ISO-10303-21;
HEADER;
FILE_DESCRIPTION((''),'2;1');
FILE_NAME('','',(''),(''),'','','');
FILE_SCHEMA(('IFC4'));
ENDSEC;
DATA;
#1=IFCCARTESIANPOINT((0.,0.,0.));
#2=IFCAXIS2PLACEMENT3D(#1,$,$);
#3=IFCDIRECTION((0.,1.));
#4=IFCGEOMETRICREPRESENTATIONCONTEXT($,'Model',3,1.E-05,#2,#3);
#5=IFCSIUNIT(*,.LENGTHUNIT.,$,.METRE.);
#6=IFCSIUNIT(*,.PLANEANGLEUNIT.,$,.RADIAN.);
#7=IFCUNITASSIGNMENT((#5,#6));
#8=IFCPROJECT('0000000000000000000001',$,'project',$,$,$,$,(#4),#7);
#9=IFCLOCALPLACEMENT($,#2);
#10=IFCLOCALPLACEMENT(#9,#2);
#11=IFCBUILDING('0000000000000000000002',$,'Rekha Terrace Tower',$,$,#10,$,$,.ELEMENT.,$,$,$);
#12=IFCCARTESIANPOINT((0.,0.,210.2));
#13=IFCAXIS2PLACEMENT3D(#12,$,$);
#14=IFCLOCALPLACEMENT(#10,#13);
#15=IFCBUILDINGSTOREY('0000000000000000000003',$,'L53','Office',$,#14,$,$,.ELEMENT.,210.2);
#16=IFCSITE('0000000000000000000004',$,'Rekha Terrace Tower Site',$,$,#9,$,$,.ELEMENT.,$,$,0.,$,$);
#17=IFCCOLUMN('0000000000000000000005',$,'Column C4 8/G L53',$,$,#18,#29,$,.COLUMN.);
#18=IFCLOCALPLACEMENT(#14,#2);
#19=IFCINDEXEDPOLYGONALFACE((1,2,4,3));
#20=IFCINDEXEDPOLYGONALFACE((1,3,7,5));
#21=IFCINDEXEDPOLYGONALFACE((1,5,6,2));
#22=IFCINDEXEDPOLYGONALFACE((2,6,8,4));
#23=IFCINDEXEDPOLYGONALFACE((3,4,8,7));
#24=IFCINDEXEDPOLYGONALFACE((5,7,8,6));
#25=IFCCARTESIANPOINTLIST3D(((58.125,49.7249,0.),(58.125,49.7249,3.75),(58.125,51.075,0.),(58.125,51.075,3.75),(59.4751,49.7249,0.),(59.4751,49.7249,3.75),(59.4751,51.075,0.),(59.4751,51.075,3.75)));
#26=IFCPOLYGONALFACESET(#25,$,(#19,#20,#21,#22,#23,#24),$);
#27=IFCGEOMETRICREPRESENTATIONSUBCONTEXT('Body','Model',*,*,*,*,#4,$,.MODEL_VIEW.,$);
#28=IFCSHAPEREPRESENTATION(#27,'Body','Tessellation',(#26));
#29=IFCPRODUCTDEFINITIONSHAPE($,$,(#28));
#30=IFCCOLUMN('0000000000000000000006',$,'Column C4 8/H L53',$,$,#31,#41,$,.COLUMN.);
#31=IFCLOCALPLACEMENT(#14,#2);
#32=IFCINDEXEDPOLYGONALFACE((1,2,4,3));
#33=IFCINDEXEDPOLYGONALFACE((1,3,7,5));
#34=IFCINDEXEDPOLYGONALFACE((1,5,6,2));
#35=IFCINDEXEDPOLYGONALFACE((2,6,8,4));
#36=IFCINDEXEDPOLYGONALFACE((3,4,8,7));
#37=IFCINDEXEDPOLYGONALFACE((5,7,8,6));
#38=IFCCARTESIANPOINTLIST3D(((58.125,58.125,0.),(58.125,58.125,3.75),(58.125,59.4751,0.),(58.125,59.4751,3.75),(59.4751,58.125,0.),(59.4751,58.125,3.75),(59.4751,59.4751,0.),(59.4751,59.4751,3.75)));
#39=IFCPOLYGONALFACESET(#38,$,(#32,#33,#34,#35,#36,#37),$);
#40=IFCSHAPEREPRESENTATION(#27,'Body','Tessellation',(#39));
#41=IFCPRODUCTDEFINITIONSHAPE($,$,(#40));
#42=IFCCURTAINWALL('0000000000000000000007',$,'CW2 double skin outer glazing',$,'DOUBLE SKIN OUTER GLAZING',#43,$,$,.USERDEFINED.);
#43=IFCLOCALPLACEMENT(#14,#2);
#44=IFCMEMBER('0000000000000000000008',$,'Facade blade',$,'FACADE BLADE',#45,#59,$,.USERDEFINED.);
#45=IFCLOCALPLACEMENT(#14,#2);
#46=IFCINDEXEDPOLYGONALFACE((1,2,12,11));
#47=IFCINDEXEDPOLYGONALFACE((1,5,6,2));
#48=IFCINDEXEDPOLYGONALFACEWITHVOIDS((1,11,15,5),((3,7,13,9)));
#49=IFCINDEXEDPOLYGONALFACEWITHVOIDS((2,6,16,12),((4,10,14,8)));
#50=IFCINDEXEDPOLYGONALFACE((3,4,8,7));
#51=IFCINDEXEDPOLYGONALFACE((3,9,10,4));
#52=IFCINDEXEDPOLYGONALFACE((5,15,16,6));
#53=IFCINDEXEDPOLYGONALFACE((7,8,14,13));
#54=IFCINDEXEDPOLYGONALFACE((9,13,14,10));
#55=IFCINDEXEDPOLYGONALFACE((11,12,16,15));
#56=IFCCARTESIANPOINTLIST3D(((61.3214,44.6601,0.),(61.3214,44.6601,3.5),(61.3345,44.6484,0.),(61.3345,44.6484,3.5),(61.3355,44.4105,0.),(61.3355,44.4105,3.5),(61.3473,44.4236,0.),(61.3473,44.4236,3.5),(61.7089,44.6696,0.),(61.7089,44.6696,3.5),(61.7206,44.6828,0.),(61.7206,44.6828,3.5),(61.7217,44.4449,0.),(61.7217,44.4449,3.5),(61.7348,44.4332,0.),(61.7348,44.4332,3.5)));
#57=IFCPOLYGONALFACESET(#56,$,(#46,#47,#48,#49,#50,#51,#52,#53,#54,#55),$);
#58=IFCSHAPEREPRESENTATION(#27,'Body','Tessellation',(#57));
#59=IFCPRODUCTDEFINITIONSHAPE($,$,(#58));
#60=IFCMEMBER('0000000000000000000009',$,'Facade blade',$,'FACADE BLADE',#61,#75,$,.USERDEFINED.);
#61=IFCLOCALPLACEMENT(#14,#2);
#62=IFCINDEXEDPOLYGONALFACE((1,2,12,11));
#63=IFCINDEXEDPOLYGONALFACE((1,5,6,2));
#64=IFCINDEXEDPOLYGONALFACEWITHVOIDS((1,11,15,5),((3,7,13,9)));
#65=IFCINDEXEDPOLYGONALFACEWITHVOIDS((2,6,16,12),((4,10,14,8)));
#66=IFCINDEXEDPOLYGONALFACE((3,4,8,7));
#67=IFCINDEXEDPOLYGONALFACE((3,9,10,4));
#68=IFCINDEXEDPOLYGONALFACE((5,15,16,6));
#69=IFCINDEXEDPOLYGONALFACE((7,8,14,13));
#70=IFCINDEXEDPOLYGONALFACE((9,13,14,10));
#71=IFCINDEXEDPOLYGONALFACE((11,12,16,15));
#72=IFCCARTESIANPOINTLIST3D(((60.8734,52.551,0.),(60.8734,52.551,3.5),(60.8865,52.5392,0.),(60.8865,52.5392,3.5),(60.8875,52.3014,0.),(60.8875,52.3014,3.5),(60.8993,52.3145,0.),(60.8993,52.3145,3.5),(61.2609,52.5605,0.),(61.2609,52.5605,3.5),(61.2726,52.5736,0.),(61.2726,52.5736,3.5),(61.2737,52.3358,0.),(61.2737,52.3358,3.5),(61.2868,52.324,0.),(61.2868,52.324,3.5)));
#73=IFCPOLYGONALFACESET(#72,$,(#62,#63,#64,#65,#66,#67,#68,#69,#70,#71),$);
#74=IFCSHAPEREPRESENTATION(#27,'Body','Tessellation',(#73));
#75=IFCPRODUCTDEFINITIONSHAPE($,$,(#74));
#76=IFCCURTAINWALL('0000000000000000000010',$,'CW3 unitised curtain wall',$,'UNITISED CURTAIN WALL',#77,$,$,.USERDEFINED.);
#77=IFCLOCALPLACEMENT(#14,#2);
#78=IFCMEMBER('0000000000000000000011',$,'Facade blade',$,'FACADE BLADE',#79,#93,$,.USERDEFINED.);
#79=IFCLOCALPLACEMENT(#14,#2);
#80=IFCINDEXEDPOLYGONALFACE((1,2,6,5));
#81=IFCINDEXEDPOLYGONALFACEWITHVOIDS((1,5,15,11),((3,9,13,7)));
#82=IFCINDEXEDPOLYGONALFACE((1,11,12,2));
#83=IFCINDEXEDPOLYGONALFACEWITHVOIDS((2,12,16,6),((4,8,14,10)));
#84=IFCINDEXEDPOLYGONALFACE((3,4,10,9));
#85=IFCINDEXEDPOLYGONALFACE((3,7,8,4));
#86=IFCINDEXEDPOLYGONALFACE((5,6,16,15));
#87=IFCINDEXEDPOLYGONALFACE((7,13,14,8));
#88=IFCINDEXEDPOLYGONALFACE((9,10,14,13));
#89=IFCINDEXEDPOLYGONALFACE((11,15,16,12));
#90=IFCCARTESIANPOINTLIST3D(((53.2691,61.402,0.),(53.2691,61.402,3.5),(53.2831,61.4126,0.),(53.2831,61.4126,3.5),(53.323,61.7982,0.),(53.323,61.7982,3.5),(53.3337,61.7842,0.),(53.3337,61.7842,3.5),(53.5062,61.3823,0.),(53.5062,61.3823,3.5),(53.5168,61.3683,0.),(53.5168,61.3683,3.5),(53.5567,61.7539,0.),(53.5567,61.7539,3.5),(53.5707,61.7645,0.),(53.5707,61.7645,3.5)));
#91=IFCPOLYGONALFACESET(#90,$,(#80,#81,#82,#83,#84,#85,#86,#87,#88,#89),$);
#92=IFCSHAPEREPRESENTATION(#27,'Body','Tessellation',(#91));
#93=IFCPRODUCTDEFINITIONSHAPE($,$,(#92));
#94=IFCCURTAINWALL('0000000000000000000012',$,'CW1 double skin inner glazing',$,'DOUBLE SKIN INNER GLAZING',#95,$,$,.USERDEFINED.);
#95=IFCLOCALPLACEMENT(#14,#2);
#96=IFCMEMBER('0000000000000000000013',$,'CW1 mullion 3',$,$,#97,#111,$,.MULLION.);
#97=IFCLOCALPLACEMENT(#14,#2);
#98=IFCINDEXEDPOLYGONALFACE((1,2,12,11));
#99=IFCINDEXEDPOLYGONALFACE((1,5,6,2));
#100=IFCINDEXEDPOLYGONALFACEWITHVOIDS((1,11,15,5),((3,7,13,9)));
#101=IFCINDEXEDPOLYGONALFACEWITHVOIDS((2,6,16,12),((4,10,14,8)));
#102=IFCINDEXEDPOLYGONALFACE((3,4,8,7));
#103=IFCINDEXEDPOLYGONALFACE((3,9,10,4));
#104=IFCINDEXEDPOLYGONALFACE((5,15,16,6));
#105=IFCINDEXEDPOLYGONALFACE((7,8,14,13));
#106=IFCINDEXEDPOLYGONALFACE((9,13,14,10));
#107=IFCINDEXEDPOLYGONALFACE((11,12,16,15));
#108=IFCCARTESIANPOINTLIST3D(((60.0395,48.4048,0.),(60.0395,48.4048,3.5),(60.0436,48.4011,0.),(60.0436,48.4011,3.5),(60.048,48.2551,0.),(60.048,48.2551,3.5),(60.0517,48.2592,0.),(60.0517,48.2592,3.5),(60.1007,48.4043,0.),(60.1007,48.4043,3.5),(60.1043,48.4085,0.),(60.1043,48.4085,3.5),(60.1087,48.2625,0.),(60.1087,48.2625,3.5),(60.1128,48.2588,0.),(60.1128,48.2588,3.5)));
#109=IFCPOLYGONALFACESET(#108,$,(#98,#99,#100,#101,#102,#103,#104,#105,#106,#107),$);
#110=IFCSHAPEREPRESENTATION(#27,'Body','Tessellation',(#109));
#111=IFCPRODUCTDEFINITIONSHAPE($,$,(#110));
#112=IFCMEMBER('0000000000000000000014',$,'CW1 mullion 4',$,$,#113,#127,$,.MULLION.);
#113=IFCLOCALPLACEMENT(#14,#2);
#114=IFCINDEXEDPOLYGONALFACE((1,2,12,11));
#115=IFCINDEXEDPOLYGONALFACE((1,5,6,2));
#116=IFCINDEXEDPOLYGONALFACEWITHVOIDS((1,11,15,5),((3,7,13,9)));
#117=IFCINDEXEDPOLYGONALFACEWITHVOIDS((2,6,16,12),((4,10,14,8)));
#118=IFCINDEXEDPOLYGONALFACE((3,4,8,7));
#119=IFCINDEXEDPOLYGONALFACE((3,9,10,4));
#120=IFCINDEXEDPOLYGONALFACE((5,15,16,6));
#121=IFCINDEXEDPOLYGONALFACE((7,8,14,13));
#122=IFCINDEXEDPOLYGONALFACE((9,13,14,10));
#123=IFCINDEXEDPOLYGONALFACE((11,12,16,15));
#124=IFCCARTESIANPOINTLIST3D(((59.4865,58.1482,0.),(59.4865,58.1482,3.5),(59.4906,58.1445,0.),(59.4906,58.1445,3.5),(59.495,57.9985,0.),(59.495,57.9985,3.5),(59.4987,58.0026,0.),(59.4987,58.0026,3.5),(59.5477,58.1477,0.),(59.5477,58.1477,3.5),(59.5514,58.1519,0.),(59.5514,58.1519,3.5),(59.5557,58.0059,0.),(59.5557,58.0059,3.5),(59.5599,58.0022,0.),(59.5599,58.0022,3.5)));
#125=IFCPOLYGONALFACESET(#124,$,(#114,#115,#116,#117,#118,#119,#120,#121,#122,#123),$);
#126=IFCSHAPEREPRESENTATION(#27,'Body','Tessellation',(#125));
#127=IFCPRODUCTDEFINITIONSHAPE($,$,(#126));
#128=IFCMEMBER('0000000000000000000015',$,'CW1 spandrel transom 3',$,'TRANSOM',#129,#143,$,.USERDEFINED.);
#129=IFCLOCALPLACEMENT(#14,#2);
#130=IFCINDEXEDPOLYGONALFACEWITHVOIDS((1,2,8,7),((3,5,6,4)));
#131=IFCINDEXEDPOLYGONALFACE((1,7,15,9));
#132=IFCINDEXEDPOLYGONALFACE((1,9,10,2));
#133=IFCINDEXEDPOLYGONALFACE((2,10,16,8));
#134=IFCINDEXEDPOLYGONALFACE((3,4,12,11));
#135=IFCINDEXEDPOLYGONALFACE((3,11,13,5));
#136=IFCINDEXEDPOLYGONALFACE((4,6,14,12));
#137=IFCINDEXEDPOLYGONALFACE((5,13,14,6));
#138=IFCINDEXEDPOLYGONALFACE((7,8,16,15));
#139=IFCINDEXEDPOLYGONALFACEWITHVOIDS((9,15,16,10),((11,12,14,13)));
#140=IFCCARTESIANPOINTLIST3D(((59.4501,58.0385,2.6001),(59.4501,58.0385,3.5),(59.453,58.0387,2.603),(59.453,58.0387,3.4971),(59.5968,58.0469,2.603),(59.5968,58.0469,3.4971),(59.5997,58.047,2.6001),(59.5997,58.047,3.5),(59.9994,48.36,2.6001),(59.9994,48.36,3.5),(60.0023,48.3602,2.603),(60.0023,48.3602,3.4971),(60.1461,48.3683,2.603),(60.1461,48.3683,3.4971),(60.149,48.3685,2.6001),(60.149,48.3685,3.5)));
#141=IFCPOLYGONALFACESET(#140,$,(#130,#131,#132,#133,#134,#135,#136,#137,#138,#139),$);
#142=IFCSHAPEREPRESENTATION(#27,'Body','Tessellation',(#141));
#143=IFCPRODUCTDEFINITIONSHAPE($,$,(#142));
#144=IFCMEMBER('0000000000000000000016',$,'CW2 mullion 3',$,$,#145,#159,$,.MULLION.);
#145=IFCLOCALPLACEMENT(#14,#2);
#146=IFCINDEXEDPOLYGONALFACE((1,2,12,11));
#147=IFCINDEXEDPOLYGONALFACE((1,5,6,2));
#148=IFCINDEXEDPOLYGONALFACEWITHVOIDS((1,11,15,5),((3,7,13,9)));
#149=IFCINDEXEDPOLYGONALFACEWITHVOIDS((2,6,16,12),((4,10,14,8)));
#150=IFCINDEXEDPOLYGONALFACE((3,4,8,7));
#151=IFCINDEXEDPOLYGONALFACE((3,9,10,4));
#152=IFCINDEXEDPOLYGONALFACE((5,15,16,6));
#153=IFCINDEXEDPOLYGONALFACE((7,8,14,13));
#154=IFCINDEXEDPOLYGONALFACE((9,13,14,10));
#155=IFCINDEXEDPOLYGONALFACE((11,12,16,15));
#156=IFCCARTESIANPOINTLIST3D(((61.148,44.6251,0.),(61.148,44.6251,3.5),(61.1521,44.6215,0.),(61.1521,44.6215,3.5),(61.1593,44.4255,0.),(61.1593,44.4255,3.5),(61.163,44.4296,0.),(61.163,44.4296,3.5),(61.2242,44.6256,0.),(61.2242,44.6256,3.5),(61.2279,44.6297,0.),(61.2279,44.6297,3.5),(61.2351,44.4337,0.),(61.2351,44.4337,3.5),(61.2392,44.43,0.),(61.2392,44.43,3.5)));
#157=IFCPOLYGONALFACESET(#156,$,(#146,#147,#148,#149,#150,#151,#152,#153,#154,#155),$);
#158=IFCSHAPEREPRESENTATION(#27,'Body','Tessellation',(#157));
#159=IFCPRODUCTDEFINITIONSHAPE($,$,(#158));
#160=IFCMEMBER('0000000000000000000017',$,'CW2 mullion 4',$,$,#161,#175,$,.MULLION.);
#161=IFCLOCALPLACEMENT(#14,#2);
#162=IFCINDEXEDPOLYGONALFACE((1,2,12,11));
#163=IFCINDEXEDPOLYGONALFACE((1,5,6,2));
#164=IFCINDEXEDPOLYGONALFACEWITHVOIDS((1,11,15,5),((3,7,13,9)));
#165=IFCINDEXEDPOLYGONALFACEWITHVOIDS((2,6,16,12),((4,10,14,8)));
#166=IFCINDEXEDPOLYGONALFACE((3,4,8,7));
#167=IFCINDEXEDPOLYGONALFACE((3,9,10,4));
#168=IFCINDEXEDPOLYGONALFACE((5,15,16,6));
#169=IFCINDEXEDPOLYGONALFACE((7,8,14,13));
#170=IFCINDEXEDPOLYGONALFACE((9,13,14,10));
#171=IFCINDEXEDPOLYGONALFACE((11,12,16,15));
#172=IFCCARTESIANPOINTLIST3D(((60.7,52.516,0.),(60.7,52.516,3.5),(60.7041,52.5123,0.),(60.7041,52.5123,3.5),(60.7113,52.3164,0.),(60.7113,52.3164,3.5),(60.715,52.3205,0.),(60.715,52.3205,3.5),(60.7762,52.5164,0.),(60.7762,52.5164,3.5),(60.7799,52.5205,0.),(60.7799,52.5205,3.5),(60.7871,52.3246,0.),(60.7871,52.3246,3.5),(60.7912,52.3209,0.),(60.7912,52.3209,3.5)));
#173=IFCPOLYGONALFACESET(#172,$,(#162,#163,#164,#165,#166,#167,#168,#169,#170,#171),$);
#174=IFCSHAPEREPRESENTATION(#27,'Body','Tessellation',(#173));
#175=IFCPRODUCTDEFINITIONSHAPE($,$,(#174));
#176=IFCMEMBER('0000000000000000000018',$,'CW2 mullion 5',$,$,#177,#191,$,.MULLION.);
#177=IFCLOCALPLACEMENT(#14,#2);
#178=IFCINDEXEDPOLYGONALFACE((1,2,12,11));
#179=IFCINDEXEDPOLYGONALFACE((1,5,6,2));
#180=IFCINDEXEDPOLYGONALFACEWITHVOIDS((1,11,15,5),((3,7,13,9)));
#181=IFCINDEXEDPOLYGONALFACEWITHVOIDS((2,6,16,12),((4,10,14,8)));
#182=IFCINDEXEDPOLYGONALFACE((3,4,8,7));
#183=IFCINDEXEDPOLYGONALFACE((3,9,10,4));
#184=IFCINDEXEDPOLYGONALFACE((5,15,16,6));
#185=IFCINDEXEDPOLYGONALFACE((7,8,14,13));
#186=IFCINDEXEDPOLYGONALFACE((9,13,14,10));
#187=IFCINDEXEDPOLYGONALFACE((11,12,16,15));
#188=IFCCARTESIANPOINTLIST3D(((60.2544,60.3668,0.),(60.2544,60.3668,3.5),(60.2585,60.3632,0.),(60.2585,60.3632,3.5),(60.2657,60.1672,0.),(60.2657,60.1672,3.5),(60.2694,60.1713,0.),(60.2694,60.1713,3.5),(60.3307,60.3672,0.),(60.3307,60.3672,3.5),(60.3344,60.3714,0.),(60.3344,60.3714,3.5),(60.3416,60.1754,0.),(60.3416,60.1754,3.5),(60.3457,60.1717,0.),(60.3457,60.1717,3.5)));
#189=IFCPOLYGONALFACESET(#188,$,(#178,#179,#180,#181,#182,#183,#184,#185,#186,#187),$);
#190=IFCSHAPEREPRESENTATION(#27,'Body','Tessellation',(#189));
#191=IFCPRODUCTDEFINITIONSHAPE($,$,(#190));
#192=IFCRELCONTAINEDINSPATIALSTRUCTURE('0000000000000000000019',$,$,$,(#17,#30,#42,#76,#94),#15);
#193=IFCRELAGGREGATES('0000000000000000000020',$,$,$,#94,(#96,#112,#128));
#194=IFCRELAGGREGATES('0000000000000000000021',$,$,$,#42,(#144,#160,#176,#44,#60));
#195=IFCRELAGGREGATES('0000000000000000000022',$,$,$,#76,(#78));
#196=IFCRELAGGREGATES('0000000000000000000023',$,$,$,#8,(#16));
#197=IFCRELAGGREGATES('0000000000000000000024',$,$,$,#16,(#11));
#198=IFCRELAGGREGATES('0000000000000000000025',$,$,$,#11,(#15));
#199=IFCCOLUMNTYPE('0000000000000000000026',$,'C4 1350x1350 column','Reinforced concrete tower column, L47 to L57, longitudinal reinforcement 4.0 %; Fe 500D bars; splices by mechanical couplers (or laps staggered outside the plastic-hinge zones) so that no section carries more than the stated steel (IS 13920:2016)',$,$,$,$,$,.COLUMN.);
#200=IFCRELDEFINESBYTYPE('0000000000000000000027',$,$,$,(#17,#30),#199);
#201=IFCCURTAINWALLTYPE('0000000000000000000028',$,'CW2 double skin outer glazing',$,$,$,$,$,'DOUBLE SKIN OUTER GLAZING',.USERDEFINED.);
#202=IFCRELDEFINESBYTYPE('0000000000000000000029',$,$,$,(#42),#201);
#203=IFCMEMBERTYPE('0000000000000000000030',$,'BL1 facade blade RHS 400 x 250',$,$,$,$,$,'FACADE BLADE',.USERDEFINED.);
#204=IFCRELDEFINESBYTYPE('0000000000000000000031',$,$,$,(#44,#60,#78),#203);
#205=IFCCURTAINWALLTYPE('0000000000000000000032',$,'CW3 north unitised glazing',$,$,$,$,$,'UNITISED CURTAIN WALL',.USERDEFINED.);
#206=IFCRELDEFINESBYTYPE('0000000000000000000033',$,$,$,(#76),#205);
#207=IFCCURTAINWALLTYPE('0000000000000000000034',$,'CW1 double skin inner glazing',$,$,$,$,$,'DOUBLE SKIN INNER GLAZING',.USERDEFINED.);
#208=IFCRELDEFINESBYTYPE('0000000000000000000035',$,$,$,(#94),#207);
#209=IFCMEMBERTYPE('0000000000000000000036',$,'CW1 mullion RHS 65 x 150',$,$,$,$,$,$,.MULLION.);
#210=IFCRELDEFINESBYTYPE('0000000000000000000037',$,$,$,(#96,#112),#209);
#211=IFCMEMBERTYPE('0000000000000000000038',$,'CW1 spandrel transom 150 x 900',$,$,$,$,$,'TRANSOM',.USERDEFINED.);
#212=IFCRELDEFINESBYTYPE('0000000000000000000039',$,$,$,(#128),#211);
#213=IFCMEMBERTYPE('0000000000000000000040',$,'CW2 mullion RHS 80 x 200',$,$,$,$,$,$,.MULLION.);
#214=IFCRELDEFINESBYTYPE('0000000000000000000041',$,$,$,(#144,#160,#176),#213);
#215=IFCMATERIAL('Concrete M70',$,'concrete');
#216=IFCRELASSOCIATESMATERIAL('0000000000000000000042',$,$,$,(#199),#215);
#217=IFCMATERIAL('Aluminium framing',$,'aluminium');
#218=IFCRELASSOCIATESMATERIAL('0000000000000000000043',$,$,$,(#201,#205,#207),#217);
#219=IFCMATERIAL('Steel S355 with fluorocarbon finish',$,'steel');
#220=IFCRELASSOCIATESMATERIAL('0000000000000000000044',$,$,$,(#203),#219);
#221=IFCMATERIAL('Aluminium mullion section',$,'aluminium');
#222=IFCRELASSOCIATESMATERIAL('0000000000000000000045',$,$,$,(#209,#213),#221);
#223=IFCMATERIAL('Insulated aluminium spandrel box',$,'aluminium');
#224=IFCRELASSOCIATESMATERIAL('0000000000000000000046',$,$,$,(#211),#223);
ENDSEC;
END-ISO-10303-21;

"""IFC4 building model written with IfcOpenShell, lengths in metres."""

from ifc_helpers import new_model, si_unit, direction, frame, origin, origin_2d, place, context, subcontext, project, spatial, rectangle, hollow_rectangle, extrude, material, material_profile, profile_set, type_object, element, aggregate, save


model = new_model("IFC4")

# Units and contexts
model_context = context("Model", 3, precision=1e-05, world=origin(), true_north=direction((0.0, 1.0)))
body_context = subcontext(model_context, "Body", "Model", "MODEL_VIEW")
ifc_project = project(units=[si_unit("LENGTHUNIT", "METRE"), si_unit("PLANEANGLEUNIT", "RADIAN")], contexts=[model_context])

# Site, building, storey
site_placement = place(None, origin())
site = spatial("IfcSite", under=ifc_project, at=site_placement, Name="Rekha Terrace Tower Site", CompositionType="ELEMENT", RefElevation=0.0)
building_placement = place(site_placement, origin())
building = spatial("IfcBuilding", under=site, at=building_placement, Name="Rekha Terrace Tower", CompositionType="ELEMENT")
storey_placement = place(building_placement, frame((0.0, 0.0, 210.2)))
storey = spatial("IfcBuildingStorey", under=building, at=storey_placement, Name="L53", Description="Office", CompositionType="ELEMENT", Elevation=210.2)

# Columns
ifc_material_1 = material(Name="Concrete M70", Category="concrete")
ifc_material_profile_1 = material_profile(ifc_material_1, rectangle(XDim=1.3501, YDim=1.3501, at=origin_2d()), Name="RC 1350x1350")
ifc_profile_set_1 = profile_set([ifc_material_profile_1], Name="Concrete M70")
column_type = type_object("IfcColumnType", Name="C4 1350x1350 column", Description="Reinforced concrete tower column, L47 to L57, longitudinal reinforcement 4.0 %; Fe 500D bars; splices by mechanical couplers (or laps staggered outside the plastic-hinge zones) so that no section carries more than the stated steel (IS 13920:2016)", PredefinedType="COLUMN", material=ifc_profile_set_1)
for number, where, z_axis, x_axis, name in (
    (1, (58.8, 50.3999, 0.0), (0.0, 0.0, 1.0), (1.0, 0.0, 0.0), "Column C4 8/G L53"),
    (2, (58.8, 58.8, 0.0), (0.0, 0.0, 1.0), (1.0, 0.0, 0.0), "Column C4 8/H L53"),
):
    element("IfcColumn", number, at=place(storey_placement, frame(where, z_axis=z_axis, x_axis=x_axis)), inside=storey, type_object=column_type, Name=name, PredefinedType="COLUMN", context=body_context, shape_type="SweptSolid", body=[
        extrude(rectangle(XDim=1.3501, YDim=1.3501, at=origin_2d()), origin(), (0.0, 0.0, 1.0), 3.75),
    ])

# Curtain wall, members
ifc_material_2 = material(Name="Aluminium framing", Category="aluminium")
curtain_wall_type_1 = type_object("IfcCurtainWallType", Name="CW2 double skin outer glazing", ElementType="DOUBLE SKIN OUTER GLAZING", PredefinedType="USERDEFINED", material=ifc_material_2)
curtain_wall_1_placement = place(storey_placement, origin())
curtain_wall_1 = element("IfcCurtainWall", 3, at=curtain_wall_1_placement, inside=storey, type_object=curtain_wall_type_1, Name="CW2 double skin outer glazing", ObjectType="DOUBLE SKIN OUTER GLAZING", PredefinedType="USERDEFINED")
ifc_material_3 = material(Name="Steel S355 with fluorocarbon finish", Category="steel")
ifc_material_profile_2 = material_profile(ifc_material_3, hollow_rectangle(XDim=0.25, YDim=0.3999, WallThickness=0.0125, at=origin_2d()), Name="RHS400x250x12.5")
ifc_profile_set_2 = profile_set([ifc_material_profile_2], Name="Steel S355 with fluorocarbon finish")
member_type_1 = type_object("IfcMemberType", Name="BL1 facade blade RHS 400 x 250", ElementType="FACADE BLADE", PredefinedType="USERDEFINED", material=ifc_profile_set_2)
member_1_placement = place(storey_placement, frame((61.5281, 44.5466, 0.0), z_axis=(0.0, 0.0, 1.0), x_axis=(-0.056674, 0.998393, 0.0)))
member_1 = element("IfcMember", 4, at=member_1_placement, type_object=member_type_1, Name="Facade blade", ObjectType="FACADE BLADE", PredefinedType="USERDEFINED", context=body_context, shape_type="SweptSolid", body=[
    extrude(hollow_rectangle(XDim=0.25, YDim=0.3999, WallThickness=0.0125, at=origin_2d()), origin(), (0.0, 0.0, 1.0), 3.5),
])
member_2_placement = place(storey_placement, frame((61.0801, 52.4375, 0.0), z_axis=(0.0, 0.0, 1.0), x_axis=(-0.056674, 0.998393, 0.0)))
member_2 = element("IfcMember", 5, at=member_2_placement, type_object=member_type_1, Name="Facade blade", ObjectType="FACADE BLADE", PredefinedType="USERDEFINED", context=body_context, shape_type="SweptSolid", body=[
    extrude(hollow_rectangle(XDim=0.25, YDim=0.3999, WallThickness=0.0125, at=origin_2d()), origin(), (0.0, 0.0, 1.0), 3.5),
])

# Curtain wall, member
curtain_wall_type_2 = type_object("IfcCurtainWallType", Name="CW3 north unitised glazing", ElementType="UNITISED CURTAIN WALL", PredefinedType="USERDEFINED", material=ifc_material_2)
curtain_wall_2_placement = place(storey_placement, origin())
curtain_wall_2 = element("IfcCurtainWall", 6, at=curtain_wall_2_placement, inside=storey, type_object=curtain_wall_type_2, Name="CW3 unitised curtain wall", ObjectType="UNITISED CURTAIN WALL", PredefinedType="USERDEFINED")
member_3_placement = place(storey_placement, frame((53.4199, 61.5833, 0.0), z_axis=(0.0, 0.0, 1.0), x_axis=(-0.990867, 0.134841, 0.0)))
member_3 = element("IfcMember", 7, at=member_3_placement, type_object=member_type_1, Name="Facade blade", ObjectType="FACADE BLADE", PredefinedType="USERDEFINED", context=body_context, shape_type="SweptSolid", body=[
    extrude(hollow_rectangle(XDim=0.25, YDim=0.3999, WallThickness=0.0125, at=origin_2d()), origin(), (0.0, 0.0, 1.0), 3.5),
])

# Curtain wall, members
curtain_wall_type_3 = type_object("IfcCurtainWallType", Name="CW1 double skin inner glazing", ElementType="DOUBLE SKIN INNER GLAZING", PredefinedType="USERDEFINED", material=ifc_material_2)
curtain_wall_3_placement = place(storey_placement, origin())
curtain_wall_3 = element("IfcCurtainWall", 8, at=curtain_wall_3_placement, inside=storey, type_object=curtain_wall_type_3, Name="CW1 double skin inner glazing", ObjectType="DOUBLE SKIN INNER GLAZING", PredefinedType="USERDEFINED")
ifc_material_4 = material(Name="Aluminium mullion section", Category="aluminium")
ifc_material_profile_3 = material_profile(ifc_material_4, hollow_rectangle(XDim=0.0649, YDim=0.1499, WallThickness=0.0039, at=origin_2d()), Name="AL RHS 65x150")
ifc_profile_set_3 = profile_set([ifc_material_profile_3], Name="Aluminium mullion section")
member_type_2 = type_object("IfcMemberType", Name="CW1 mullion RHS 65 x 150", PredefinedType="MULLION", material=ifc_profile_set_3)
member_4_placement = place(storey_placement, frame((60.0762, 48.3318, 0.0), z_axis=(0.0, 0.0, 1.0), x_axis=(-0.998393, -0.056673, 0.0)))
member_4 = element("IfcMember", 9, at=member_4_placement, type_object=member_type_2, Name="CW1 mullion 3", PredefinedType="MULLION", context=body_context, shape_type="SweptSolid", body=[
    extrude(hollow_rectangle(XDim=0.0649, YDim=0.1499, WallThickness=0.0039, at=origin_2d()), origin(), (0.0, 0.0, 1.0), 3.5),
])
member_5_placement = place(storey_placement, frame((59.5232, 58.0752, 0.0), z_axis=(0.0, 0.0, 1.0), x_axis=(-0.998393, -0.056673, 0.0)))
member_5 = element("IfcMember", 10, at=member_5_placement, type_object=member_type_2, Name="CW1 mullion 4", PredefinedType="MULLION", context=body_context, shape_type="SweptSolid", body=[
    extrude(hollow_rectangle(XDim=0.0649, YDim=0.1499, WallThickness=0.0039, at=origin_2d()), origin(), (0.0, 0.0, 1.0), 3.5),
])
ifc_material_5 = material(Name="Insulated aluminium spandrel box", Category="aluminium")
ifc_material_profile_4 = material_profile(ifc_material_5, hollow_rectangle(XDim=0.1499, YDim=0.8999, WallThickness=0.0029, at=origin_2d()), Name="AL SPANDREL BOX 150x900")
ifc_profile_set_4 = profile_set([ifc_material_profile_4], Name="Insulated aluminium spandrel box")
member_type_3 = type_object("IfcMemberType", Name="CW1 spandrel transom 150 x 900", ElementType="TRANSOM", PredefinedType="USERDEFINED", material=ifc_profile_set_4)
member_6_placement = place(storey_placement, frame((60.0742, 48.3643, 3.05), z_axis=(-0.056665, 0.998393, 0.0), x_axis=(-0.998393, -0.056665, 0.0)))
member_6 = element("IfcMember", 11, at=member_6_placement, type_object=member_type_3, Name="CW1 spandrel transom 3", ObjectType="TRANSOM", PredefinedType="USERDEFINED", context=body_context, shape_type="SweptSolid", body=[
    extrude(hollow_rectangle(XDim=0.1499, YDim=0.8999, WallThickness=0.0029, at=origin_2d()), origin(), (0.0, 0.0, 1.0), 9.6941),
])

# Members
ifc_material_profile_5 = material_profile(ifc_material_4, hollow_rectangle(XDim=0.0801, YDim=0.2, WallThickness=0.0039, at=origin_2d()), Name="AL RHS 80x200")
ifc_profile_set_5 = profile_set([ifc_material_profile_5], Name="Aluminium mullion section")
member_type_4 = type_object("IfcMemberType", Name="CW2 mullion RHS 80 x 200", PredefinedType="MULLION", material=ifc_profile_set_5)
member_7_placement = place(storey_placement, frame((61.1936, 44.5276, 0.0), z_axis=(0.0, 0.0, 1.0), x_axis=(-0.998393, -0.056673, 0.0)))
member_7 = element("IfcMember", 12, at=member_7_placement, type_object=member_type_4, Name="CW2 mullion 3", PredefinedType="MULLION", context=body_context, shape_type="SweptSolid", body=[
    extrude(hollow_rectangle(XDim=0.0801, YDim=0.2, WallThickness=0.0039, at=origin_2d()), origin(), (0.0, 0.0, 1.0), 3.5),
])
member_8_placement = place(storey_placement, frame((60.7456, 52.4185, 0.0), z_axis=(0.0, 0.0, 1.0), x_axis=(-0.998393, -0.056673, 0.0)))
member_8 = element("IfcMember", 13, at=member_8_placement, type_object=member_type_4, Name="CW2 mullion 4", PredefinedType="MULLION", context=body_context, shape_type="SweptSolid", body=[
    extrude(hollow_rectangle(XDim=0.0801, YDim=0.2, WallThickness=0.0039, at=origin_2d()), origin(), (0.0, 0.0, 1.0), 3.5),
])
member_9_placement = place(storey_placement, frame((60.3, 60.2693, 0.0), z_axis=(0.0, 0.0, 1.0), x_axis=(-0.998393, -0.056673, 0.0)))
member_9 = element("IfcMember", 14, at=member_9_placement, type_object=member_type_4, Name="CW2 mullion 5", PredefinedType="MULLION", context=body_context, shape_type="SweptSolid", body=[
    extrude(hollow_rectangle(XDim=0.0801, YDim=0.2, WallThickness=0.0039, at=origin_2d()), origin(), (0.0, 0.0, 1.0), 3.5),
])

aggregate(curtain_wall_3, [member_4, member_5, member_6])
aggregate(curtain_wall_1, [member_7, member_8, member_9, member_1, member_2])
aggregate(curtain_wall_2, [member_3])

save(model, "model.ifc")
